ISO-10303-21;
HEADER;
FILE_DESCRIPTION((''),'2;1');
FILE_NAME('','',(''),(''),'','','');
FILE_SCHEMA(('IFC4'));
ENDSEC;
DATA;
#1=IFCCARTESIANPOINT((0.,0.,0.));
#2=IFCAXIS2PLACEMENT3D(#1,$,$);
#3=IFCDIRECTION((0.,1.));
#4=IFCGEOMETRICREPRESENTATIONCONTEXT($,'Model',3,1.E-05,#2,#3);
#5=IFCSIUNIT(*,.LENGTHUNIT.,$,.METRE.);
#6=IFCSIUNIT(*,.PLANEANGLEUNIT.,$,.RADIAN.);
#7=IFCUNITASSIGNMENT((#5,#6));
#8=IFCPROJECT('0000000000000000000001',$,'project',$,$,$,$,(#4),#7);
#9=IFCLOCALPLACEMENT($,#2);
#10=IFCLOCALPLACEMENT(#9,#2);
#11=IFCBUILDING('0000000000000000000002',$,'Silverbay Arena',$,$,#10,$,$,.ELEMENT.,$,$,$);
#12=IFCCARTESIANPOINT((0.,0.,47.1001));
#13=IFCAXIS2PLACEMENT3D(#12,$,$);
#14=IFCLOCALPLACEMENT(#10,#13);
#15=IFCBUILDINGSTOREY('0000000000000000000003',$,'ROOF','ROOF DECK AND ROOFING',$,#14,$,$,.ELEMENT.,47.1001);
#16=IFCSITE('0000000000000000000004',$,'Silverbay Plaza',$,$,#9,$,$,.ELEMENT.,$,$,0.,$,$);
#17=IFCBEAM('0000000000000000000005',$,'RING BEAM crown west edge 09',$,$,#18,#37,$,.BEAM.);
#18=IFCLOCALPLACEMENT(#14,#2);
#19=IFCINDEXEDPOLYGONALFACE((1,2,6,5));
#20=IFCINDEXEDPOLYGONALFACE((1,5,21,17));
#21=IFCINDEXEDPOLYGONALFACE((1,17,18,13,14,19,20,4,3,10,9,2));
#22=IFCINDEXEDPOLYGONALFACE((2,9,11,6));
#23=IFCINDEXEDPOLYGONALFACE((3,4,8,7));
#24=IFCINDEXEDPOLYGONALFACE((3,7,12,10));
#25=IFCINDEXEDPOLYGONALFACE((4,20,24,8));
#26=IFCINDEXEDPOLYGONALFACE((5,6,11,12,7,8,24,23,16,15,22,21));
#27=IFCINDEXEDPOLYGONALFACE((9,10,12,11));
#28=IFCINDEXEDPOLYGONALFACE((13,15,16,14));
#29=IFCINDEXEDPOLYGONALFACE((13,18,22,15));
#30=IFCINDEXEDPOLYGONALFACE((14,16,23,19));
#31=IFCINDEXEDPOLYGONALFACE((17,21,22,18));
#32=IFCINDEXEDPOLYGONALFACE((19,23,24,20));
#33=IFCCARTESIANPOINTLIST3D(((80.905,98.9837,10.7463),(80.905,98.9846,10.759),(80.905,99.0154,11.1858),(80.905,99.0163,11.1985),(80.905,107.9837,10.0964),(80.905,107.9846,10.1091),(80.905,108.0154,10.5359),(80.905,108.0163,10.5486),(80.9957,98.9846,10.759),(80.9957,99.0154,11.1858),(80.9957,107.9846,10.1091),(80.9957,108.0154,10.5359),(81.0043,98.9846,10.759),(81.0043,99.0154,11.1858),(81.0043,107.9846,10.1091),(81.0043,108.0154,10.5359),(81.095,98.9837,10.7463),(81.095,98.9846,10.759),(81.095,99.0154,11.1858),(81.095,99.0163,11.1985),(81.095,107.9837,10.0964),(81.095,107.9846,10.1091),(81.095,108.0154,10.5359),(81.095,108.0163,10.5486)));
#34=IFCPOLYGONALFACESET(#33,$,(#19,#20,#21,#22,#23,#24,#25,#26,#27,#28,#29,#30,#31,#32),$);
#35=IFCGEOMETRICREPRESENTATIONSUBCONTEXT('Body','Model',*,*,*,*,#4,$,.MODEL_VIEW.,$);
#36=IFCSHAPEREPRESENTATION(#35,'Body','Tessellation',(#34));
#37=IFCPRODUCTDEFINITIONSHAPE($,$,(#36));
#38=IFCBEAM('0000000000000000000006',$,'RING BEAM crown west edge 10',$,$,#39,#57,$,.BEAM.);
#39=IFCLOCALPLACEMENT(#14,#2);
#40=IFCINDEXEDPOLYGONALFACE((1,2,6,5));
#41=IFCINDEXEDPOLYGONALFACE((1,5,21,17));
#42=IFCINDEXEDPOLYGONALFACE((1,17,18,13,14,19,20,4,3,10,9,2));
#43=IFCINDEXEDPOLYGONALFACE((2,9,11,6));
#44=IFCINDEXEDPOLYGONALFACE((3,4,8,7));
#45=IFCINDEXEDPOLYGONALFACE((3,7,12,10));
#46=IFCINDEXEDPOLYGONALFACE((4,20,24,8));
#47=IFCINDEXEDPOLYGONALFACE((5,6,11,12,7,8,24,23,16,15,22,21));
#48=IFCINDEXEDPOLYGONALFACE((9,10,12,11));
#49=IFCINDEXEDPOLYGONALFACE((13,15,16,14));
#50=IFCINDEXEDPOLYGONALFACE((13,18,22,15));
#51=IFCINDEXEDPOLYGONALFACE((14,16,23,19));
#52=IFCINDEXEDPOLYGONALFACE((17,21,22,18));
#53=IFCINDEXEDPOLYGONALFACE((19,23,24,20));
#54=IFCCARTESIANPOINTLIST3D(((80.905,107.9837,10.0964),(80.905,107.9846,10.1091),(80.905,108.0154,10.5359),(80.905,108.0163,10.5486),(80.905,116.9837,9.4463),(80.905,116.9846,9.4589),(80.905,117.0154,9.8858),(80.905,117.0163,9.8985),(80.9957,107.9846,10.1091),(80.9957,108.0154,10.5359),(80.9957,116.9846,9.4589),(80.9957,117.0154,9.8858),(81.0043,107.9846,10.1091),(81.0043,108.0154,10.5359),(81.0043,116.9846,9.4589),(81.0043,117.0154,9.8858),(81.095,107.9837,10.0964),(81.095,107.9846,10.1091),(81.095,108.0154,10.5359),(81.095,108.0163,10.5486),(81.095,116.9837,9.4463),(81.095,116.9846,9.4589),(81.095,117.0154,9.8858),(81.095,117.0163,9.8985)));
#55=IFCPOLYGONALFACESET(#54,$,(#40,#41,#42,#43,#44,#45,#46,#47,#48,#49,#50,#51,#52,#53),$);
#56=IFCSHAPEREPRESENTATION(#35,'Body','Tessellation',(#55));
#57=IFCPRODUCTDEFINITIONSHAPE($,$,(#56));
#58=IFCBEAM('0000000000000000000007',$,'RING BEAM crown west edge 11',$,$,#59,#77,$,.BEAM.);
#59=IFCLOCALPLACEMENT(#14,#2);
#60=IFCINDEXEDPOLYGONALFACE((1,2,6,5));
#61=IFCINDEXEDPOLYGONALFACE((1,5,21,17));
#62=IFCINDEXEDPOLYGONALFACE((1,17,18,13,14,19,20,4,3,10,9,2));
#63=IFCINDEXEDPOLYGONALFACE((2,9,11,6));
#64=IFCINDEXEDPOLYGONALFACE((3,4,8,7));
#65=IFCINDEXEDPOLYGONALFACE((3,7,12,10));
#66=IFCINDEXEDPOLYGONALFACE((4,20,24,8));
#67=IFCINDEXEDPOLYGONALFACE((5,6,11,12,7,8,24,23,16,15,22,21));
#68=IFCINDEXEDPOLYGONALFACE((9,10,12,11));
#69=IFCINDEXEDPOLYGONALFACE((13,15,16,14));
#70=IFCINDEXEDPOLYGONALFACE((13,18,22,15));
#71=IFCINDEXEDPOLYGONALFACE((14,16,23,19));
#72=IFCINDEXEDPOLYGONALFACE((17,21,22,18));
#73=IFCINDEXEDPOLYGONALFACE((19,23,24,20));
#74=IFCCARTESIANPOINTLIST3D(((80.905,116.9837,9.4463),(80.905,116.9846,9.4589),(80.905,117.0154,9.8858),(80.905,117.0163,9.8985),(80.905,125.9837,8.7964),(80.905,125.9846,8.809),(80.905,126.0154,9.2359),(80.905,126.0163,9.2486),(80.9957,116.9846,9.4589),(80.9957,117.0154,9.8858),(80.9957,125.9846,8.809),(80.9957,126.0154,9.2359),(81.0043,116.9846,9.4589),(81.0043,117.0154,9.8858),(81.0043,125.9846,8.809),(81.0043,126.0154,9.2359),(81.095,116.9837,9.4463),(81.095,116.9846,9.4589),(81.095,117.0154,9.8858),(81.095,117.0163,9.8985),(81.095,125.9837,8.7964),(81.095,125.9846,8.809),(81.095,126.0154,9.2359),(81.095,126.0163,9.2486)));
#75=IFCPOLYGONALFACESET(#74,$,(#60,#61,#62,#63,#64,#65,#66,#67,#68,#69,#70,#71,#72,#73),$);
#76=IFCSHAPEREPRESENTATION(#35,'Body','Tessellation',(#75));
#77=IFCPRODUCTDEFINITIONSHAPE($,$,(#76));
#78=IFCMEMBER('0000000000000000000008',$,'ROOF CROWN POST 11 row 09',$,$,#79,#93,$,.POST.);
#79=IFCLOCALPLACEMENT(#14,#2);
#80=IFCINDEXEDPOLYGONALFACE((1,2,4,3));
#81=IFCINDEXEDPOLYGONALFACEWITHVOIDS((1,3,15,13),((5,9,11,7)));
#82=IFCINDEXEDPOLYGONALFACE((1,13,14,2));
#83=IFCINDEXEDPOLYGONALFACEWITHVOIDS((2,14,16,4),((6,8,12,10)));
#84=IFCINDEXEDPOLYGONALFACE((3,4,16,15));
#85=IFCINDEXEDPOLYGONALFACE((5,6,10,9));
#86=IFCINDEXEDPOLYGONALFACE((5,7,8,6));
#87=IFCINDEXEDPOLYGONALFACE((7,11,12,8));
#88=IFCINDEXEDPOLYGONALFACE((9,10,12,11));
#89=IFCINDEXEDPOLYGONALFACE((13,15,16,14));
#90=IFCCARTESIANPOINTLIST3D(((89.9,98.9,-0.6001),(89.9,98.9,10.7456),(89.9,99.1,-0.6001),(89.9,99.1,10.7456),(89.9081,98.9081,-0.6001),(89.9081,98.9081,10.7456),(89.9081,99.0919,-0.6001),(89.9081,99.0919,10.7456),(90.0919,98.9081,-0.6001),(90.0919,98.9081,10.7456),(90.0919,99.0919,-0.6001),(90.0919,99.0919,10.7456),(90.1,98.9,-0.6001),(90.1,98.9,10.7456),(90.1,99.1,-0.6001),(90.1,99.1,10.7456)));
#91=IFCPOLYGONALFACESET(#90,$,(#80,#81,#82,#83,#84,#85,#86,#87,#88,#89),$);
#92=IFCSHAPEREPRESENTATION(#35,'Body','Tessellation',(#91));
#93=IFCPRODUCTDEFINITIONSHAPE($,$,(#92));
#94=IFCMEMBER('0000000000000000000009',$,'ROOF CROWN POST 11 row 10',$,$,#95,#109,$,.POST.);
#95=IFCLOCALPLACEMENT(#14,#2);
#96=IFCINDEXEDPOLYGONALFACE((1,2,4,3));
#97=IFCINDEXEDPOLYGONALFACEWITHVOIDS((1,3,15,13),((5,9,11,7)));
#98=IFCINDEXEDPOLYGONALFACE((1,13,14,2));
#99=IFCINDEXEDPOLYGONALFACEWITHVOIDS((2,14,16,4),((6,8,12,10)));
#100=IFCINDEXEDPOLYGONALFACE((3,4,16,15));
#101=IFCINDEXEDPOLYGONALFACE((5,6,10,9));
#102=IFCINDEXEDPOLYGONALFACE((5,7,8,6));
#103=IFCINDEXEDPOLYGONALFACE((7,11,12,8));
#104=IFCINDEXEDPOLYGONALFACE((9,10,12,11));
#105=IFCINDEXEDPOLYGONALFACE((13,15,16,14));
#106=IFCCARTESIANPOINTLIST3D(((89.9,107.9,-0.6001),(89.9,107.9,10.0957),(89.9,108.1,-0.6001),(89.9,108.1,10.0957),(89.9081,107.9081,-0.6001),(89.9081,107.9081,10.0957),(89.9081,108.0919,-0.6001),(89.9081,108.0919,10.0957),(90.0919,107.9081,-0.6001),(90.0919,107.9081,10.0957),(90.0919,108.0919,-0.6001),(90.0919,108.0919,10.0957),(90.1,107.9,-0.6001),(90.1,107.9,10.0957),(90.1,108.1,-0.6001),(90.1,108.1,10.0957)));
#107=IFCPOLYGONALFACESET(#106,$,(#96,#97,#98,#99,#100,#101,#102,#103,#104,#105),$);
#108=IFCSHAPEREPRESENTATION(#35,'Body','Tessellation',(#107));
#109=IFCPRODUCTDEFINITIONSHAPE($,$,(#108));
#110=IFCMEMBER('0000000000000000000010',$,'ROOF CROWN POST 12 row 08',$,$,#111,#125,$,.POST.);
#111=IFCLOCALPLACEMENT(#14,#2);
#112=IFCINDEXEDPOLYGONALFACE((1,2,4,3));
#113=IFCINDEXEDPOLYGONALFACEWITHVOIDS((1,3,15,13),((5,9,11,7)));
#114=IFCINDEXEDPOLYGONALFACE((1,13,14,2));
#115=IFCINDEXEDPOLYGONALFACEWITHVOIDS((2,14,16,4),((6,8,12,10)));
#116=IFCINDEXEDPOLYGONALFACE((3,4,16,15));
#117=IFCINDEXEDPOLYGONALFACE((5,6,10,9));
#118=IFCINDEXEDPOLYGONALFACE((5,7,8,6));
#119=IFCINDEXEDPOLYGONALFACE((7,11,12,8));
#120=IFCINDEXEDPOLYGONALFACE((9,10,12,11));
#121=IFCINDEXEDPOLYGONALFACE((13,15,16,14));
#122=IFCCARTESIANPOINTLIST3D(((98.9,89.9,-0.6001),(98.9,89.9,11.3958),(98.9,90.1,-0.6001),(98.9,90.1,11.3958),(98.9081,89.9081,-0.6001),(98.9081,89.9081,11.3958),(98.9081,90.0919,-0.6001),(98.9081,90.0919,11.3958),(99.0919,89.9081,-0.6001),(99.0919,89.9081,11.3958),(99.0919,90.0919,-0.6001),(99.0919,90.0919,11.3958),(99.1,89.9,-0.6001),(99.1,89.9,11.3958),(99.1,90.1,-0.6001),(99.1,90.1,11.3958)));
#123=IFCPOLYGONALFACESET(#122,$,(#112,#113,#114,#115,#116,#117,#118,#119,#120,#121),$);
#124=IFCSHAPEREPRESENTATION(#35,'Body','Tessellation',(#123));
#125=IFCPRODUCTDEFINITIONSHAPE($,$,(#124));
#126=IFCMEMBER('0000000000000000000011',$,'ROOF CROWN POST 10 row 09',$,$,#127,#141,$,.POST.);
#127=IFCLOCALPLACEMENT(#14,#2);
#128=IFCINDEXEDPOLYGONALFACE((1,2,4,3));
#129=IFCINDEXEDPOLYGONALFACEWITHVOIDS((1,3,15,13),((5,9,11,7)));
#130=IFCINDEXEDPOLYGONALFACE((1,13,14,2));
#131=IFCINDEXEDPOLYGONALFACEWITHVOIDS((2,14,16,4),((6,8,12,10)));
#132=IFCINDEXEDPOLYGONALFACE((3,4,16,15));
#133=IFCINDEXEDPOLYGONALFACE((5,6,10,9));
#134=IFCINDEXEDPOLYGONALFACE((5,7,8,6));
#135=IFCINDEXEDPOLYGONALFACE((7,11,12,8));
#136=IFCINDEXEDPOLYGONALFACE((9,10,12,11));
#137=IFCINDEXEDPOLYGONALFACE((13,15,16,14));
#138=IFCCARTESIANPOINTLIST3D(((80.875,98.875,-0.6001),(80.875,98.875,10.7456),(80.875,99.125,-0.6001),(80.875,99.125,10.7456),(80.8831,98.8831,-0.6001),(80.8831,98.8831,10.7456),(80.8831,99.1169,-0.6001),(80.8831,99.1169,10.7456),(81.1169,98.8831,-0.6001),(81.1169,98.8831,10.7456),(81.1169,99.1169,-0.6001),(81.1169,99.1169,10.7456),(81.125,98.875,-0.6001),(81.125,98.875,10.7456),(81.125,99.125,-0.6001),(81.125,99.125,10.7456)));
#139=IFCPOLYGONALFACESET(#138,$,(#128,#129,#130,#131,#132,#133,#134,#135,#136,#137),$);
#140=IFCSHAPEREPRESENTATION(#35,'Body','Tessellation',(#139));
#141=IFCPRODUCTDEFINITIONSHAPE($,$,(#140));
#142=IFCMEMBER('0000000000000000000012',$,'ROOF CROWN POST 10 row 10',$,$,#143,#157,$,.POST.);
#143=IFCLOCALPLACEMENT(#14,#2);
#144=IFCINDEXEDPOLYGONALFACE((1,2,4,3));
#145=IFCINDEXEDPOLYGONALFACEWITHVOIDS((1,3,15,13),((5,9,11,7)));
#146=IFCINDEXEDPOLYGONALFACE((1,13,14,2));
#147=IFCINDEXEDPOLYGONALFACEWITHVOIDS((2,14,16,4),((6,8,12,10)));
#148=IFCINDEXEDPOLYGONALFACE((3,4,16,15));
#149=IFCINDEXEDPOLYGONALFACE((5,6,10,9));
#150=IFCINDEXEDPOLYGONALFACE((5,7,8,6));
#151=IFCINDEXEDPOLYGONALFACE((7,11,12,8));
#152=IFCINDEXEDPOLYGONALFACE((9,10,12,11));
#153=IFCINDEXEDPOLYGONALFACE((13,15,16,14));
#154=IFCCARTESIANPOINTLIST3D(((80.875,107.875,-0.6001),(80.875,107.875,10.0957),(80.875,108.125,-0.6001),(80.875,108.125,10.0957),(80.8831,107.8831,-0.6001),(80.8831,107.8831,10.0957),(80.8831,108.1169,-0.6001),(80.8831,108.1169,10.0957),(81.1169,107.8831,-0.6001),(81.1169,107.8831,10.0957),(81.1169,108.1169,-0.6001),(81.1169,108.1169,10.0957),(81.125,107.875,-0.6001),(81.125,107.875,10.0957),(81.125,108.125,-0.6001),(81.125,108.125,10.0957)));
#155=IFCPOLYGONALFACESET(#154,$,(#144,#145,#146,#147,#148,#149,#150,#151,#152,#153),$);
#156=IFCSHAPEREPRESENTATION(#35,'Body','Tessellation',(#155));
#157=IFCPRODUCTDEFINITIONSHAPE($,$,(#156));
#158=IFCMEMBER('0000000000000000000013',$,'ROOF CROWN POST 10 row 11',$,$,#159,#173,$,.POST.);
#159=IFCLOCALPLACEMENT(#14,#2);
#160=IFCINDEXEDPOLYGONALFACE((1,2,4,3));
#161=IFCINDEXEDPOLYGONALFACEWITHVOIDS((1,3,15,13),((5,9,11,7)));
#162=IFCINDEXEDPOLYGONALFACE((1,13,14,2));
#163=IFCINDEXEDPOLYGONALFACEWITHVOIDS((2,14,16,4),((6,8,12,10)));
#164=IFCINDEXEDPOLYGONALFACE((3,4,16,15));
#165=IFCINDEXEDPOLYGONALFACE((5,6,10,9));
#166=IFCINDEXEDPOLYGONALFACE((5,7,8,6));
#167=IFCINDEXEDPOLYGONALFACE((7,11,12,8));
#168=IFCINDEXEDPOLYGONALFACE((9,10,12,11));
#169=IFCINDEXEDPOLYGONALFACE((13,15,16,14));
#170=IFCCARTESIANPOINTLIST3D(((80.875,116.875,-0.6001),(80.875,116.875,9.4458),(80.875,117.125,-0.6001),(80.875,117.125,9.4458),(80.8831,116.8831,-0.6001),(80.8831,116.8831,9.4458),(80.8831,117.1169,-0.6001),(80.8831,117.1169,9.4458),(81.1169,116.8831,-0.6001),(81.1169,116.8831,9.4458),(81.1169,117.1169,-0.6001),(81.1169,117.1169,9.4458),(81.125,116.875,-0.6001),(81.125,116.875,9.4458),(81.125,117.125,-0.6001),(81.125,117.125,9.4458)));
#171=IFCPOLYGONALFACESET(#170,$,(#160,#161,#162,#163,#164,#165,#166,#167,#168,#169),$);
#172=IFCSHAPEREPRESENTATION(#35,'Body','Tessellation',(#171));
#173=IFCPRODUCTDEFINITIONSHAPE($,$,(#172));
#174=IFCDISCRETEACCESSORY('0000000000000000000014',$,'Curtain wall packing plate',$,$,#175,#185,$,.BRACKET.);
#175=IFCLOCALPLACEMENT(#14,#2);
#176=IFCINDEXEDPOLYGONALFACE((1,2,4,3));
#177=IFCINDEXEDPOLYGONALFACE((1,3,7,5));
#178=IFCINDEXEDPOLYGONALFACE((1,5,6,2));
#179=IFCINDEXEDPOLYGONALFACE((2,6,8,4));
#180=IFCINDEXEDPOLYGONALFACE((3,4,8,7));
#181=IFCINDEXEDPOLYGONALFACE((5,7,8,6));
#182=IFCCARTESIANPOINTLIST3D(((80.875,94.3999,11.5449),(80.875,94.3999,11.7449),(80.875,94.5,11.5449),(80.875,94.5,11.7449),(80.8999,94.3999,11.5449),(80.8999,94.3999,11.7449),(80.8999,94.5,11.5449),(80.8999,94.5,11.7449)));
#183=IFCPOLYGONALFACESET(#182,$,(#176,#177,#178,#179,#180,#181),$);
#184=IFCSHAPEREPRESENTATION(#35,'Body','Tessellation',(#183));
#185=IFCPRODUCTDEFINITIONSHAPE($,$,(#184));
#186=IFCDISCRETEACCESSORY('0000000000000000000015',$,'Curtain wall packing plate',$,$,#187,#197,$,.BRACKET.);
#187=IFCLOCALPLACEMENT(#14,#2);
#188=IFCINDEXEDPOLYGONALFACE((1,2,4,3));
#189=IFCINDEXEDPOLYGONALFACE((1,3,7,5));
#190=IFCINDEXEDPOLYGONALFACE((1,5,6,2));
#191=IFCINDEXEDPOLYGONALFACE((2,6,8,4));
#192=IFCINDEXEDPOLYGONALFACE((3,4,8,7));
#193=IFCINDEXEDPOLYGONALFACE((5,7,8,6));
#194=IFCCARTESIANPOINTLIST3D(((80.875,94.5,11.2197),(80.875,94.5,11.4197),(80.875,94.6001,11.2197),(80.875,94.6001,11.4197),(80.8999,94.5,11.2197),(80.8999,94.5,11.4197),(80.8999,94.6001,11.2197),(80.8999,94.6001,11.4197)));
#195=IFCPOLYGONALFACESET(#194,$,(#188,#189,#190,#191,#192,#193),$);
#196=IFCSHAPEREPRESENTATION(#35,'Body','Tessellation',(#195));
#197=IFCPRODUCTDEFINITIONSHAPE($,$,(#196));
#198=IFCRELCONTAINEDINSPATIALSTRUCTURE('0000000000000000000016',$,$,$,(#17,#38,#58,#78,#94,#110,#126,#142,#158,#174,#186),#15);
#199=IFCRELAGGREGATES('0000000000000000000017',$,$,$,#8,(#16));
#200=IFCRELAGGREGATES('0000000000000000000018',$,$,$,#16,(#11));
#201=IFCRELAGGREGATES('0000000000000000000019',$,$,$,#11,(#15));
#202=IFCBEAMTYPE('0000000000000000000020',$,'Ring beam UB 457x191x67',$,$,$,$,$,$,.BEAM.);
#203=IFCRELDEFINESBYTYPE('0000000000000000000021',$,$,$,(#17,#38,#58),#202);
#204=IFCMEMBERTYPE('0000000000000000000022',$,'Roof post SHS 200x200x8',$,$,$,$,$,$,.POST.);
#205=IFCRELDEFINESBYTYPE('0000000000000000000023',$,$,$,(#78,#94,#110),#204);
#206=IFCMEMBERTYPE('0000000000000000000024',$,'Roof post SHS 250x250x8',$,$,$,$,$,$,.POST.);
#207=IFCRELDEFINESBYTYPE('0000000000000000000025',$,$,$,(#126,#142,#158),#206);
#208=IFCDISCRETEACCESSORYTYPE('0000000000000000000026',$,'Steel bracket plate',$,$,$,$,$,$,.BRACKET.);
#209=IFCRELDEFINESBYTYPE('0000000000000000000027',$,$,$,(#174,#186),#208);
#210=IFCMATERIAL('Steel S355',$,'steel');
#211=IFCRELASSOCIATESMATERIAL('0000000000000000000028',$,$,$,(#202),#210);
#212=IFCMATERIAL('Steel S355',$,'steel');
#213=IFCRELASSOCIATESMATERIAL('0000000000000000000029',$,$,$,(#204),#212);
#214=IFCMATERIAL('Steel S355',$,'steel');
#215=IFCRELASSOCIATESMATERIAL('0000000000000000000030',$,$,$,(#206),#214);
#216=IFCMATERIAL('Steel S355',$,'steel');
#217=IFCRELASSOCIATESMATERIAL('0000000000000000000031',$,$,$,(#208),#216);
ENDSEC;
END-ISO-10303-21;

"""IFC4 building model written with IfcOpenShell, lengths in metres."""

from ifc_helpers import new_model, si_unit, direction, frame, origin, origin_2d, place, context, subcontext, project, spatial, rectangle, hollow_rectangle, i_section, extrude, material, material_profile, profile_set, type_object, element, save


model = new_model("IFC4")

# Units and contexts
model_context = context("Model", 3, precision=1e-05, world=origin(), true_north=direction((0.0, 1.0)))
body_context = subcontext(model_context, "Body", "Model", "MODEL_VIEW")
ifc_project = project(units=[si_unit("LENGTHUNIT", "METRE"), si_unit("PLANEANGLEUNIT", "RADIAN")], contexts=[model_context])

# Site, building, storey
site_placement = place(None, origin())
site = spatial("IfcSite", under=ifc_project, at=site_placement, Name="Silverbay Plaza", CompositionType="ELEMENT", RefElevation=0.0)
building_placement = place(site_placement, origin())
building = spatial("IfcBuilding", under=site, at=building_placement, Name="Silverbay Arena", CompositionType="ELEMENT")
storey_placement = place(building_placement, frame((0.0, 0.0, 47.1001)))
storey = spatial("IfcBuildingStorey", under=building, at=storey_placement, Name="ROOF", Description="ROOF DECK AND ROOFING", CompositionType="ELEMENT", Elevation=47.1001)

# Beams
ifc_material_1 = material(Name="Steel S355", Category="steel")
ifc_material_profile_1 = material_profile(ifc_material_1, i_section(OverallWidth=0.1899, OverallDepth=0.4534, WebThickness=0.0085, FlangeThickness=0.0127, at=origin_2d()), Name="UB 457x191x67")
ifc_profile_set_1 = profile_set([ifc_material_profile_1], Name="Steel S355")
beam_type = type_object("IfcBeamType", Name="Ring beam UB 457x191x67", PredefinedType="BEAM", material=ifc_profile_set_1)
for number, where, z_axis, x_axis, name in (
    (1, (81.0, 99.0, 10.9724), (0.0, 0.997403, -0.072024), (-1.0, 0.0, 0.0), "RING BEAM crown west edge 09"),
    (2, (81.0, 108.0, 10.3225), (0.0, 0.997401, -0.072051), (-1.0, 0.0, 0.0), "RING BEAM crown west edge 10"),
    (3, (81.0, 117.0, 9.6724), (0.0, 0.997403, -0.072024), (-1.0, 0.0, 0.0), "RING BEAM crown west edge 11"),
):
    element("IfcBeam", number, at=place(storey_placement, frame(where, z_axis=z_axis, x_axis=x_axis)), inside=storey, type_object=beam_type, Name=name, PredefinedType="BEAM", context=body_context, shape_type="SweptSolid", body=[
        extrude(i_section(OverallWidth=0.1899, OverallDepth=0.4534, WebThickness=0.0085, FlangeThickness=0.0127, at=origin_2d()), origin(), (0.0, 0.0, 1.0), 9.0234),
    ])

# Members
ifc_material_2 = material(Name="Steel S355", Category="steel")
ifc_material_profile_2 = material_profile(ifc_material_2, hollow_rectangle(XDim=0.2, YDim=0.2, WallThickness=0.0081, at=origin_2d()), Name="SHS 200x200x8")
ifc_profile_set_2 = profile_set([ifc_material_profile_2], Name="Steel S355")
member_type_1 = type_object("IfcMemberType", Name="Roof post SHS 200x200x8", PredefinedType="POST", material=ifc_profile_set_2)
member_1_placement = place(storey_placement, frame((90.0, 99.0, -0.6001), z_axis=(0.0, 0.0, 1.0), x_axis=(1.0, 0.0, 0.0)))
element("IfcMember", 4, at=member_1_placement, inside=storey, type_object=member_type_1, Name="ROOF CROWN POST 11 row 09", PredefinedType="POST", context=body_context, shape_type="SweptSolid", body=[
    extrude(hollow_rectangle(XDim=0.2, YDim=0.2, WallThickness=0.0081, at=origin_2d()), origin(), (0.0, 0.0, 1.0), 11.3457),
])
member_2_placement = place(storey_placement, frame((90.0, 108.0, -0.6001), z_axis=(0.0, 0.0, 1.0), x_axis=(1.0, 0.0, 0.0)))
element("IfcMember", 5, at=member_2_placement, inside=storey, type_object=member_type_1, Name="ROOF CROWN POST 11 row 10", PredefinedType="POST", context=body_context, shape_type="SweptSolid", body=[
    extrude(hollow_rectangle(XDim=0.2, YDim=0.2, WallThickness=0.0081, at=origin_2d()), origin(), (0.0, 0.0, 1.0), 10.6958),
])
member_3_placement = place(storey_placement, frame((99.0, 90.0, -0.6001), z_axis=(0.0, 0.0, 1.0), x_axis=(1.0, 0.0, 0.0)))
element("IfcMember", 6, at=member_3_placement, inside=storey, type_object=member_type_1, Name="ROOF CROWN POST 12 row 08", PredefinedType="POST", context=body_context, shape_type="SweptSolid", body=[
    extrude(hollow_rectangle(XDim=0.2, YDim=0.2, WallThickness=0.0081, at=origin_2d()), origin(), (0.0, 0.0, 1.0), 11.9958),
])
ifc_material_3 = material(Name="Steel S355", Category="steel")
ifc_material_profile_3 = material_profile(ifc_material_3, hollow_rectangle(XDim=0.25, YDim=0.25, WallThickness=0.0081, at=origin_2d()), Name="SHS 250x250x8")
ifc_profile_set_3 = profile_set([ifc_material_profile_3], Name="Steel S355")
member_type_2 = type_object("IfcMemberType", Name="Roof post SHS 250x250x8", PredefinedType="POST", material=ifc_profile_set_3)
member_4_placement = place(storey_placement, frame((81.0, 99.0, -0.6001), z_axis=(0.0, 0.0, 1.0), x_axis=(1.0, 0.0, 0.0)))
element("IfcMember", 7, at=member_4_placement, inside=storey, type_object=member_type_2, Name="ROOF CROWN POST 10 row 09", PredefinedType="POST", context=body_context, shape_type="SweptSolid", body=[
    extrude(hollow_rectangle(XDim=0.25, YDim=0.25, WallThickness=0.0081, at=origin_2d()), origin(), (0.0, 0.0, 1.0), 11.3457),
])
member_5_placement = place(storey_placement, frame((81.0, 108.0, -0.6001), z_axis=(0.0, 0.0, 1.0), x_axis=(1.0, 0.0, 0.0)))
element("IfcMember", 8, at=member_5_placement, inside=storey, type_object=member_type_2, Name="ROOF CROWN POST 10 row 10", PredefinedType="POST", context=body_context, shape_type="SweptSolid", body=[
    extrude(hollow_rectangle(XDim=0.25, YDim=0.25, WallThickness=0.0081, at=origin_2d()), origin(), (0.0, 0.0, 1.0), 10.6958),
])
member_6_placement = place(storey_placement, frame((81.0, 117.0, -0.6001), z_axis=(0.0, 0.0, 1.0), x_axis=(1.0, 0.0, 0.0)))
element("IfcMember", 9, at=member_6_placement, inside=storey, type_object=member_type_2, Name="ROOF CROWN POST 10 row 11", PredefinedType="POST", context=body_context, shape_type="SweptSolid", body=[
    extrude(hollow_rectangle(XDim=0.25, YDim=0.25, WallThickness=0.0081, at=origin_2d()), origin(), (0.0, 0.0, 1.0), 10.0459),
])

# Discrete accessories
ifc_material_4 = material(Name="Steel S355", Category="steel")
discrete_accessory_type = type_object("IfcDiscreteAccessoryType", Name="Steel bracket plate", PredefinedType="BRACKET", material=ifc_material_4)
for number, where, z_axis, x_axis, name in (
    (10, (80.8875, 94.45, 11.5449), (0.0, 0.0, 1.0), (1.0, 0.0, 0.0), "Curtain wall packing plate"),
    (11, (80.8875, 94.55, 11.2197), (0.0, 0.0, 1.0), (1.0, 0.0, 0.0), "Curtain wall packing plate"),
):
    element("IfcDiscreteAccessory", number, at=place(storey_placement, frame(where, z_axis=z_axis, x_axis=x_axis)), inside=storey, type_object=discrete_accessory_type, Name=name, PredefinedType="BRACKET", context=body_context, shape_type="SweptSolid", body=[
        extrude(rectangle(XDim=0.0249, YDim=0.1001, at=origin_2d()), origin(), (0.0, 0.0, 1.0), 0.2),
    ])

save(model, "model.ifc")
